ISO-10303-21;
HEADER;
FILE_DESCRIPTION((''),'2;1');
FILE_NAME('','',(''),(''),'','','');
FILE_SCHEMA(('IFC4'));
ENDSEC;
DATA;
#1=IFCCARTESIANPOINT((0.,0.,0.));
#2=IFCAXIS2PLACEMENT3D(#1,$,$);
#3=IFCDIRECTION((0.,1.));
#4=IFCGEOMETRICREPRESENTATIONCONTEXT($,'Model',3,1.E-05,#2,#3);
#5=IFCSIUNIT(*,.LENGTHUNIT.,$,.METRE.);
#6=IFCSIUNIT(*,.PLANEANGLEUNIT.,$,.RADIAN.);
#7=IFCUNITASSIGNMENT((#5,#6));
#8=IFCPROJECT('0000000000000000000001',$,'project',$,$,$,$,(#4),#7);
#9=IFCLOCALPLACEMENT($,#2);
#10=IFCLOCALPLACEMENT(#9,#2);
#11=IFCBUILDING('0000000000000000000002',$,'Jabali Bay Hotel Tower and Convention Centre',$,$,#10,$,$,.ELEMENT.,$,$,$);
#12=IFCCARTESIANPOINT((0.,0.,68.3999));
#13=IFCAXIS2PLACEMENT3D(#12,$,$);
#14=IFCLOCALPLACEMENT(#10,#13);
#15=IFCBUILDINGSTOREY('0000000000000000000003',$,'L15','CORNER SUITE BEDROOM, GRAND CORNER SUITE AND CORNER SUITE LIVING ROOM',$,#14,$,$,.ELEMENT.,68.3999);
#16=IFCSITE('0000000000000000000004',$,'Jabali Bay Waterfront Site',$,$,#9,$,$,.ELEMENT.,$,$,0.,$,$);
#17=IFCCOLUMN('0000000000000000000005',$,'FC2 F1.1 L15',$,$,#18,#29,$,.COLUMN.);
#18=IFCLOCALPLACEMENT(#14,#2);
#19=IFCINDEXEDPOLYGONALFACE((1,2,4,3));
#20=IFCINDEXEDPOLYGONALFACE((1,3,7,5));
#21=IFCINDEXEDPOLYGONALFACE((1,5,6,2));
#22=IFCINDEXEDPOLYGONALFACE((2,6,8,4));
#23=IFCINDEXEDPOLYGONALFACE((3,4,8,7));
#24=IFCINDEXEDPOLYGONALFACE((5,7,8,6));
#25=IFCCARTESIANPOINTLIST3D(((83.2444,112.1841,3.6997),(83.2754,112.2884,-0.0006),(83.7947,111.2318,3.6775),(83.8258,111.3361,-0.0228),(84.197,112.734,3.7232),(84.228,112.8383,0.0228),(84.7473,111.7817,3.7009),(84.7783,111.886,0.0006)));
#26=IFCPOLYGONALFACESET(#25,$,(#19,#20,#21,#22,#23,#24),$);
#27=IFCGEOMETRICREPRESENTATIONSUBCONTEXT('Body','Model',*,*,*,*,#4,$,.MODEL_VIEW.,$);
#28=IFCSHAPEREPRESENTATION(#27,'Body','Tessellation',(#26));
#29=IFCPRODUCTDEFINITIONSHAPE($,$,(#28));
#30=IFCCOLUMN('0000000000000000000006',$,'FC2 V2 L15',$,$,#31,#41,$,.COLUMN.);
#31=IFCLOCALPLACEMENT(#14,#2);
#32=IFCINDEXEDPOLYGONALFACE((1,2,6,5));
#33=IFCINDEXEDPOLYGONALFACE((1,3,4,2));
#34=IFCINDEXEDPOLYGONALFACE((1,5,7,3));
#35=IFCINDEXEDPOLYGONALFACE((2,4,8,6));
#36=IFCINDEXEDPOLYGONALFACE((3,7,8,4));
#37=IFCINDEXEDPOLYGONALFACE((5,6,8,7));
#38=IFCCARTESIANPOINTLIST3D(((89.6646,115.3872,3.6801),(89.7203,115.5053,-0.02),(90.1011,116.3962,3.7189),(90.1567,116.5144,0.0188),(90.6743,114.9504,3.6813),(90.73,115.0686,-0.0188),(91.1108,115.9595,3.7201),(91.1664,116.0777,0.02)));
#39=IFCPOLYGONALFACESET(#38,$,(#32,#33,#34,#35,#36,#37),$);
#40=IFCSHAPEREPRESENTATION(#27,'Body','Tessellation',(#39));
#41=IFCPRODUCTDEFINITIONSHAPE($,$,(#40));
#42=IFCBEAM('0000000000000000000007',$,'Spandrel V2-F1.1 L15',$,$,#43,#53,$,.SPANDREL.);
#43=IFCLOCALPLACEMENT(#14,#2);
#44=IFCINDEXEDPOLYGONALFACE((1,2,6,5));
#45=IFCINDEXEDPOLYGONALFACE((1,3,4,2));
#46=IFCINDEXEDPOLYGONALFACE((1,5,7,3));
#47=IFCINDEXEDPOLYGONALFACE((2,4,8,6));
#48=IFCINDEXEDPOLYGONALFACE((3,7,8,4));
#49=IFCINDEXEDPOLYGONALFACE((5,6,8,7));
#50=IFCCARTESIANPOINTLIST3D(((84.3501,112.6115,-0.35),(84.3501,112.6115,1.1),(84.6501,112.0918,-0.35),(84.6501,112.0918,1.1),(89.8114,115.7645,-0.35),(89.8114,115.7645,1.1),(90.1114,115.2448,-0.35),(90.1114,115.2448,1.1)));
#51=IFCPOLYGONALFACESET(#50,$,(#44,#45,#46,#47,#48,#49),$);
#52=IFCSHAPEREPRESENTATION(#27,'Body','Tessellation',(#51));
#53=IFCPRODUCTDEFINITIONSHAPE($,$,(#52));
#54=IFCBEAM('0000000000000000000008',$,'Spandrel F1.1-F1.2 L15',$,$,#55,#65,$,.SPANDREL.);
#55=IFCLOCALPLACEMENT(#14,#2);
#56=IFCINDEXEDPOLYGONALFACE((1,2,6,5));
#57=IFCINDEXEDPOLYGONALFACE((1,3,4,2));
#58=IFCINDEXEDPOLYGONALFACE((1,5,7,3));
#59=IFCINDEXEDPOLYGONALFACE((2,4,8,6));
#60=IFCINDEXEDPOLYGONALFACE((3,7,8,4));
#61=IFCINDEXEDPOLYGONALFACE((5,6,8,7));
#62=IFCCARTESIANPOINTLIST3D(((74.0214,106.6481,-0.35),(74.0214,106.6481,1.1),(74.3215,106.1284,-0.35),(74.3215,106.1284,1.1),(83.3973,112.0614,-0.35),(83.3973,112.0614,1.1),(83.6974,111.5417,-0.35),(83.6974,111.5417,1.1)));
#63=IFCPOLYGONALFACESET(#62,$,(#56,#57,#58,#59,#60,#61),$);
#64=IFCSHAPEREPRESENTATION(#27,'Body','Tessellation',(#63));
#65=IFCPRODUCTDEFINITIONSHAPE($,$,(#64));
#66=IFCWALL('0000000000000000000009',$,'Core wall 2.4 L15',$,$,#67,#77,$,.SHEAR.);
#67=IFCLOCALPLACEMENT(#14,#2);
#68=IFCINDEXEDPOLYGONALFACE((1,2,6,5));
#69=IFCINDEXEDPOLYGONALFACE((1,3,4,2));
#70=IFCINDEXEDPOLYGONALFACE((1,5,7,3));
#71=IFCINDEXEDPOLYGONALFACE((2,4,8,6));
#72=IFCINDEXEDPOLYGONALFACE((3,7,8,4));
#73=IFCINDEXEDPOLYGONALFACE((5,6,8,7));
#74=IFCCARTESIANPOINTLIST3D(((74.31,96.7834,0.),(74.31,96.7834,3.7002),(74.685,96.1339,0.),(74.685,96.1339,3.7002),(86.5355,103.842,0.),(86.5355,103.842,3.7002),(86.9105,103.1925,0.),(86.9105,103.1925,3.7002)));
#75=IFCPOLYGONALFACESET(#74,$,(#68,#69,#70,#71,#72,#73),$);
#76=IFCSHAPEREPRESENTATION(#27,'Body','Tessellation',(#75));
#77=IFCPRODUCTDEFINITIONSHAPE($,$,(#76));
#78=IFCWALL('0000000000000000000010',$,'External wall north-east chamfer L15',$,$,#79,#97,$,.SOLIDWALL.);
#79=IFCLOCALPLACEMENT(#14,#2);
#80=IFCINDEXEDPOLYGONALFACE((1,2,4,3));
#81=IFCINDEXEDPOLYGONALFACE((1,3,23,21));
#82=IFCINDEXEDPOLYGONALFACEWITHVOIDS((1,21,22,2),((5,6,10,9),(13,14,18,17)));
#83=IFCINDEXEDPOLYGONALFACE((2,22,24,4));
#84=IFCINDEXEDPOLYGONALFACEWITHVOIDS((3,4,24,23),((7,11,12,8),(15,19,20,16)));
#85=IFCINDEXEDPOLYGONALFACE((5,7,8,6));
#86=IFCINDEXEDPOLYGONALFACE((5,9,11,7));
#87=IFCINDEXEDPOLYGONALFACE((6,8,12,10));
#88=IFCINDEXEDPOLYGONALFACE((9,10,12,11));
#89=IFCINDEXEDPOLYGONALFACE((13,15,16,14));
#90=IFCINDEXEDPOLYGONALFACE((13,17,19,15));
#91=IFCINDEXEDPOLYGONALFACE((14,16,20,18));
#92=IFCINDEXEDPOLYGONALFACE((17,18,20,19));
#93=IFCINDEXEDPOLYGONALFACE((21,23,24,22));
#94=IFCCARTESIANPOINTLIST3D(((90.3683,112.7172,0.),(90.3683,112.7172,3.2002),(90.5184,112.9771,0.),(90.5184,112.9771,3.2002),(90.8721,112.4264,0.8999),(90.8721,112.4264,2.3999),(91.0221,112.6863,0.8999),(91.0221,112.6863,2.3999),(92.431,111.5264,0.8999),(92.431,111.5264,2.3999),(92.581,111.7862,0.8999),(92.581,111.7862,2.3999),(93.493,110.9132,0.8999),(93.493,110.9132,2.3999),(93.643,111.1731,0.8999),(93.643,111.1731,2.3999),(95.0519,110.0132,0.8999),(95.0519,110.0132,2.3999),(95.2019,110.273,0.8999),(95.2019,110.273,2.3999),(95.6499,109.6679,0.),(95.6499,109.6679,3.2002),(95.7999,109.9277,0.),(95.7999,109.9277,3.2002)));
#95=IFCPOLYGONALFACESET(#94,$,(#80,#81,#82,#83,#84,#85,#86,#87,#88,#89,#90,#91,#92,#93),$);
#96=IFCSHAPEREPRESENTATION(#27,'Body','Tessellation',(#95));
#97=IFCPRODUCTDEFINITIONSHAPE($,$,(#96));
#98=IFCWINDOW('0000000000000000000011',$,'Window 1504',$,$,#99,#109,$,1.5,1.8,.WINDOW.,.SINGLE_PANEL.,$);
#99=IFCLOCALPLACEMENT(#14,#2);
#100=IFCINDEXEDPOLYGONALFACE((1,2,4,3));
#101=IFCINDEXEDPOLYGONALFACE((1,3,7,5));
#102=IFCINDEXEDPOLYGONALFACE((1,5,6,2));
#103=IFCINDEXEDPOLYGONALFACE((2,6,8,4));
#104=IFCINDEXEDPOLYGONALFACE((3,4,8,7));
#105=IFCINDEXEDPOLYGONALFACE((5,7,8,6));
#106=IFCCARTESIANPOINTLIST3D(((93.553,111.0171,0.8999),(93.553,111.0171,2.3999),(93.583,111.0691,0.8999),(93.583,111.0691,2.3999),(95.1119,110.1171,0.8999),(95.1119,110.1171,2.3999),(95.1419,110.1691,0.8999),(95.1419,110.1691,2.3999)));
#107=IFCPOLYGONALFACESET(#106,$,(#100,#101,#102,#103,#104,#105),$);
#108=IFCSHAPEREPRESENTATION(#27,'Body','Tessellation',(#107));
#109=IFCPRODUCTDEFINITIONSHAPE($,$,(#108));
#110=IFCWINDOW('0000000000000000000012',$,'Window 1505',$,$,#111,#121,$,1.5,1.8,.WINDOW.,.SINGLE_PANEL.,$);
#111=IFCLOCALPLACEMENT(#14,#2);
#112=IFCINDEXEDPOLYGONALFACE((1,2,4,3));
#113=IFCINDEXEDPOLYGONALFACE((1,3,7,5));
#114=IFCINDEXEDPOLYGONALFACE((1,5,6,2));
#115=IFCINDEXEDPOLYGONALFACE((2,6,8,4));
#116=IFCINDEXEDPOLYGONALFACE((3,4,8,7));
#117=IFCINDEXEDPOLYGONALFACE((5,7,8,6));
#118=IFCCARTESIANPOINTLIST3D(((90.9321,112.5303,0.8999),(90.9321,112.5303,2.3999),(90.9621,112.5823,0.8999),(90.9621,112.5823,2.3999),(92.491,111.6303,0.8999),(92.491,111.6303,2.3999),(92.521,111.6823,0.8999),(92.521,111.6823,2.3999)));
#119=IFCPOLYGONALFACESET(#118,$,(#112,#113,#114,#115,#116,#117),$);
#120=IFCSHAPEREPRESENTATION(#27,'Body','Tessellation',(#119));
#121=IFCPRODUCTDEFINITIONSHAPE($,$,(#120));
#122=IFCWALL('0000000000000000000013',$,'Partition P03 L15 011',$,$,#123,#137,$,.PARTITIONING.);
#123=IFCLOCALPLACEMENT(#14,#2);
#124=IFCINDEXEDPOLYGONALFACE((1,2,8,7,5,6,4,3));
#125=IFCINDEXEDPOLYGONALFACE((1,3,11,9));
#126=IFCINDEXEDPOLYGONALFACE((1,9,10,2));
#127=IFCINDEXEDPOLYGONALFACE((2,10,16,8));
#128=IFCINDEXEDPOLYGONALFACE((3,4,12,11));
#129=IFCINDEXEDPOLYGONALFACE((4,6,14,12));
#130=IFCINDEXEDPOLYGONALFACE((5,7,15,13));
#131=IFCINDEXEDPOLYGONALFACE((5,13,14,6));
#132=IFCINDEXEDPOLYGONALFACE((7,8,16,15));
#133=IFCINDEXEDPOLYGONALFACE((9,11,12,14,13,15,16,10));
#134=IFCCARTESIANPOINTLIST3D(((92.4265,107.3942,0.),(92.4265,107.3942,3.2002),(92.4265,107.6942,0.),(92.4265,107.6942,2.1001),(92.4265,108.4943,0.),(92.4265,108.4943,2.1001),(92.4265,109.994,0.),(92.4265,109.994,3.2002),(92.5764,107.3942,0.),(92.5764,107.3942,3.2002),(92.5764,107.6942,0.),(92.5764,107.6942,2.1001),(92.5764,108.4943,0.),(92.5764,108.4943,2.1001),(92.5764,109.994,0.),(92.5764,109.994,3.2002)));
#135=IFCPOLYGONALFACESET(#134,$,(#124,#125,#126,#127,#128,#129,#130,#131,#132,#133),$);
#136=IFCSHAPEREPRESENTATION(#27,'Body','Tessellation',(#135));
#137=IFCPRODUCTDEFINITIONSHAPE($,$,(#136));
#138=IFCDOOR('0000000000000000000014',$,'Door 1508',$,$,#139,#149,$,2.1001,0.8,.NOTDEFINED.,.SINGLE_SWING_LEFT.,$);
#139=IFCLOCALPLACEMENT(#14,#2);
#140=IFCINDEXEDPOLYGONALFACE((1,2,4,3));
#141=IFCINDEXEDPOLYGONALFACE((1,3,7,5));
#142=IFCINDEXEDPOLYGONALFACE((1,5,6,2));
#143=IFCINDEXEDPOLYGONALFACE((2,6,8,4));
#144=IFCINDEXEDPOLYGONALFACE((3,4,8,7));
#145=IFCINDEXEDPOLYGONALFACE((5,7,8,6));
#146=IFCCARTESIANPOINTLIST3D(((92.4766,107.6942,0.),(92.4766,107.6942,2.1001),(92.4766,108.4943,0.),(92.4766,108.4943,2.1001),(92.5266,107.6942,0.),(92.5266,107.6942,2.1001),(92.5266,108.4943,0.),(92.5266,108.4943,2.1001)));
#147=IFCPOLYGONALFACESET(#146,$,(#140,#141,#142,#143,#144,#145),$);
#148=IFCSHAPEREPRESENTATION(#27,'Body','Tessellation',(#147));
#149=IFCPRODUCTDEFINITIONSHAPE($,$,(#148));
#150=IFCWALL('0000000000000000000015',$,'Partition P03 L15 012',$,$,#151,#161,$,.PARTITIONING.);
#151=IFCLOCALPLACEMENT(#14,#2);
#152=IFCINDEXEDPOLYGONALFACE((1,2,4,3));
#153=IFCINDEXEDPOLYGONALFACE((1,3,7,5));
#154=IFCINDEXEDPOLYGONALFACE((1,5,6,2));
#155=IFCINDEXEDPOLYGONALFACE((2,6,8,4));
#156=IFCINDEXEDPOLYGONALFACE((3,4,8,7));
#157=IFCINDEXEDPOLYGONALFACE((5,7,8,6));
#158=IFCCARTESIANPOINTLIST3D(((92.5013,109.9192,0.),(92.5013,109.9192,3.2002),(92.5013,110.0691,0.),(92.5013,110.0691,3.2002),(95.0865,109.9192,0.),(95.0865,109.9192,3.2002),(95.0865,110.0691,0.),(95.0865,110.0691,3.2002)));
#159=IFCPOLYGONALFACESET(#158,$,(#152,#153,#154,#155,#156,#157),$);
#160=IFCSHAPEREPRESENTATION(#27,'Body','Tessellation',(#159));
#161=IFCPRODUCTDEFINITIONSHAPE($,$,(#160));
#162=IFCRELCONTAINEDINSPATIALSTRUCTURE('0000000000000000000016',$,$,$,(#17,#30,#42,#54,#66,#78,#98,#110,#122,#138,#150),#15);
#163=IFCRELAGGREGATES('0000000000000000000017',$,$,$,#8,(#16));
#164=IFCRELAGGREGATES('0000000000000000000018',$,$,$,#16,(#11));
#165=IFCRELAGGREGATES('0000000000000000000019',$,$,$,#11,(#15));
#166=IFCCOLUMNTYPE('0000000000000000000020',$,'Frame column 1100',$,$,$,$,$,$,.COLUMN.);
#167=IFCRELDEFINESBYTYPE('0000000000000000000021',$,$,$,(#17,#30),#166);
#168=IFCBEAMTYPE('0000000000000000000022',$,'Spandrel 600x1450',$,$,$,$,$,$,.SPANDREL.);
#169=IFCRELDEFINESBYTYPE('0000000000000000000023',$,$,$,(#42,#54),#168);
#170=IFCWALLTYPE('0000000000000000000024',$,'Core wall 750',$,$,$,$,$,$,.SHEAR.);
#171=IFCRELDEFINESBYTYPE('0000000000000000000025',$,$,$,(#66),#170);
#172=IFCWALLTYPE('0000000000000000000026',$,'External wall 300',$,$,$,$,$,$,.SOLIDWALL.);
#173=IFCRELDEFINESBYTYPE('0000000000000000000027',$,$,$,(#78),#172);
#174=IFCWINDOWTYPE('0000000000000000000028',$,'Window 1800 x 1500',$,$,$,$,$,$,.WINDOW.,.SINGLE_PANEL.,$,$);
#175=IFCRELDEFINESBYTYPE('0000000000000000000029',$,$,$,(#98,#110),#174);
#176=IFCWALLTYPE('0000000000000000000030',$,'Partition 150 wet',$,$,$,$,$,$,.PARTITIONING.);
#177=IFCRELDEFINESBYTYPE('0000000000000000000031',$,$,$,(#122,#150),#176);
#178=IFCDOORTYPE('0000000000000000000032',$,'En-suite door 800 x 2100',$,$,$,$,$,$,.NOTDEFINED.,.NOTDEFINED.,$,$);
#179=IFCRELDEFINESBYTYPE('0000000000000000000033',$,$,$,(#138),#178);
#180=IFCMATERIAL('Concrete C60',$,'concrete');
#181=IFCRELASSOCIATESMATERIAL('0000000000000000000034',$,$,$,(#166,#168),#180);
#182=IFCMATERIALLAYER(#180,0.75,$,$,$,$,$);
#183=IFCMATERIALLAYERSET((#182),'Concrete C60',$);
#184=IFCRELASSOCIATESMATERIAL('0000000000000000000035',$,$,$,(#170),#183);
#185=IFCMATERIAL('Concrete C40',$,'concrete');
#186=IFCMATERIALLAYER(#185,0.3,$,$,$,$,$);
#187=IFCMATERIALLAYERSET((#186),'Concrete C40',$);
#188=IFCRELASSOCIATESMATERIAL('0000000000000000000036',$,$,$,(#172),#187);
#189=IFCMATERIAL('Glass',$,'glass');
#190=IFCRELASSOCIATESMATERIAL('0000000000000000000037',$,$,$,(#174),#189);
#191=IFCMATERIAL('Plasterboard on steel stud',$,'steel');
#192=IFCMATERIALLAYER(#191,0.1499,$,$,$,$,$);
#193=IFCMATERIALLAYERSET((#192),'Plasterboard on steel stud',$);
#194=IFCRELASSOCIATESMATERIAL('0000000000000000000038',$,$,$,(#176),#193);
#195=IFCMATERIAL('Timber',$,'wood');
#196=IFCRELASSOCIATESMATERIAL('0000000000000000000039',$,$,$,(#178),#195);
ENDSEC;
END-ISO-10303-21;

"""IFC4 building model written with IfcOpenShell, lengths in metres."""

from ifc_helpers import new_model, si_unit, direction, frame, frame_2d, origin, origin_2d, place, context, subcontext, project, spatial, rectangle, extrude, material, layer, layer_set, material_profile, profile_set, type_object, element, fill, save


model = new_model("IFC4")

# Units and contexts
model_context = context("Model", 3, precision=1e-05, world=origin(), true_north=direction((0.0, 1.0)))
body_context = subcontext(model_context, "Body", "Model", "MODEL_VIEW")
ifc_project = project(units=[si_unit("LENGTHUNIT", "METRE"), si_unit("PLANEANGLEUNIT", "RADIAN")], contexts=[model_context])

# Site, building, storey
site_placement = place(None, origin())
site = spatial("IfcSite", under=ifc_project, at=site_placement, Name="Jabali Bay Waterfront Site", CompositionType="ELEMENT", RefElevation=0.0)
building_placement = place(site_placement, origin())
building = spatial("IfcBuilding", under=site, at=building_placement, Name="Jabali Bay Hotel Tower and Convention Centre", CompositionType="ELEMENT")
storey_placement = place(building_placement, frame((0.0, 0.0, 68.3999)))
storey = spatial("IfcBuildingStorey", under=building, at=storey_placement, Name="L15", Description="CORNER SUITE BEDROOM, GRAND CORNER SUITE AND CORNER SUITE LIVING ROOM", CompositionType="ELEMENT", Elevation=68.3999)

# Columns
ifc_material_1 = material(Name="Concrete C60", Category="concrete")
ifc_material_profile_1 = material_profile(ifc_material_1, rectangle(XDim=1.1001, YDim=1.1001, at=origin_2d()), Name="Frame column 1100")
ifc_profile_set_1 = profile_set([ifc_material_profile_1], Name="Concrete C60")
column_type = type_object("IfcColumnType", Name="Frame column 1100", PredefinedType="COLUMN", material=ifc_profile_set_1)
column_1_placement = place(storey_placement, frame((84.0269, 112.0872, 0.0), z_axis=(-0.008376, -0.028161, 0.999568), x_axis=(0.865846, 0.499855, 0.021338)))
element("IfcColumn", 1, at=column_1_placement, inside=storey, type_object=column_type, Name="FC2 F1.1 L15", PredefinedType="COLUMN", context=body_context, shape_type="SweptSolid", body=[
    extrude(rectangle(XDim=1.1001, YDim=1.1001, at=origin_2d()), origin(), (0.0, 0.0, 1.0), 3.7019),
])
column_2_placement = place(storey_placement, frame((90.4434, 115.7915, 0.0), z_axis=(-0.015034, -0.031915, 0.999378), x_axis=(0.917824, -0.396986, 0.00113)))
element("IfcColumn", 2, at=column_2_placement, inside=storey, type_object=column_type, Name="FC2 V2 L15", PredefinedType="COLUMN", context=body_context, shape_type="SweptSolid", body=[
    extrude(rectangle(XDim=1.1001, YDim=1.1001, at=origin_2d()), origin(), (0.0, 0.0, 1.0), 3.7024),
])

# Beams
ifc_material_profile_2 = material_profile(ifc_material_1, rectangle(XDim=0.6001, YDim=1.45, at=origin_2d()), Name="Spandrel 600x1450")
ifc_profile_set_2 = profile_set([ifc_material_profile_2], Name="Concrete C60")
beam_type = type_object("IfcBeamType", Name="Spandrel 600x1450", PredefinedType="SPANDREL", material=ifc_profile_set_2)
beam_1_placement = place(storey_placement, frame((89.9614, 115.5046, 0.375), z_axis=(-0.866031, -0.499991, 0.0), x_axis=(0.499991, -0.866031, 0.0)))
element("IfcBeam", 3, at=beam_1_placement, inside=storey, type_object=beam_type, Name="Spandrel V2-F1.1 L15", PredefinedType="SPANDREL", context=body_context, shape_type="SweptSolid", body=[
    extrude(rectangle(XDim=0.6001, YDim=1.45, at=origin_2d()), origin(), (0.0, 0.0, 1.0), 6.3062),
])
beam_2_placement = place(storey_placement, frame((83.5474, 111.8015, 0.375), z_axis=(-0.866021, -0.500007, 0.0), x_axis=(0.500007, -0.866021, 0.0)))
element("IfcBeam", 4, at=beam_2_placement, inside=storey, type_object=beam_type, Name="Spandrel F1.1-F1.2 L15", PredefinedType="SPANDREL", context=body_context, shape_type="SweptSolid", body=[
    extrude(rectangle(XDim=0.6001, YDim=1.45, at=origin_2d()), origin(), (0.0, 0.0, 1.0), 10.8264),
])

# Wall
ifc_layer_1 = layer(ifc_material_1, 0.75)
ifc_layer_set_1 = layer_set([ifc_layer_1], Name="Concrete C60")
wall_type_1 = type_object("IfcWallType", Name="Core wall 750", PredefinedType="SHEAR", material=ifc_layer_set_1)
wall_1_placement = place(storey_placement, frame((86.7231, 103.5173, 0.0), z_axis=(0.0, 0.0, 1.0), x_axis=(-0.866021, -0.500008, 0.0)))
element("IfcWall", 5, at=wall_1_placement, inside=storey, type_object=wall_type_1, Name="Core wall 2.4 L15", PredefinedType="SHEAR", context=body_context, shape_type="SweptSolid", body=[
    extrude(rectangle(XDim=14.1169, YDim=0.75, at=frame_2d((7.0586, 0.0))), origin(), (0.0, 0.0, 1.0), 3.7002),
])

# Wall, openings, windows
ifc_material_2 = material(Name="Concrete C40", Category="concrete")
ifc_layer_2 = layer(ifc_material_2, 0.3)
ifc_layer_set_2 = layer_set([ifc_layer_2], Name="Concrete C40")
wall_type_2 = type_object("IfcWallType", Name="External wall 300", PredefinedType="SOLIDWALL", material=ifc_layer_set_2)
wall_2_placement = place(storey_placement, frame((90.4434, 112.8472, 0.0), z_axis=(0.0, 0.0, 1.0), x_axis=(0.866022, -0.500005, 0.0)))
wall_2 = element("IfcWall", 6, at=wall_2_placement, inside=storey, type_object=wall_type_2, Name="External wall north-east chamfer L15", PredefinedType="SOLIDWALL", context=body_context, shape_type="SweptSolid", body=[
    extrude(rectangle(XDim=6.0986, YDim=0.3, at=frame_2d((3.0493, 0.0))), origin(), (0.0, 0.0, 1.0), 3.2002),
])
opening_1_placement = place(wall_2_placement, frame((3.6082, 0.0, 0.8999)))
opening_1 = element("IfcOpeningElement", 7, at=opening_1_placement, cuts=wall_2, PredefinedType="OPENING", context=body_context, shape_type="SweptSolid", body=[
    extrude(rectangle(XDim=1.8, YDim=1.5, at=frame_2d((0.8999, 0.75))), frame((0.0, 0.1606, 0.0), z_axis=(0.0, -1.0, 0.0), x_axis=(1.0, 0.0, 0.0)), (0.0, 0.0, 1.0), 0.321),
])
opening_2_placement = place(wall_2_placement, frame((0.5818, 0.0, 0.8999)))
opening_2 = element("IfcOpeningElement", 8, at=opening_2_placement, cuts=wall_2, PredefinedType="OPENING", context=body_context, shape_type="SweptSolid", body=[
    extrude(rectangle(XDim=1.8, YDim=1.5, at=frame_2d((0.8999, 0.75))), frame((0.0, 0.1606, 0.0), z_axis=(0.0, -1.0, 0.0), x_axis=(1.0, 0.0, 0.0)), (0.0, 0.0, 1.0), 0.321),
])
ifc_material_3 = material(Name="Glass", Category="glass")
window_type = type_object("IfcWindowType", Name="Window 1800 x 1500", PartitioningType="SINGLE_PANEL", PredefinedType="WINDOW", material=ifc_material_3)
window_1_placement = place(opening_1_placement, origin())
window_1 = element("IfcWindow", 9, at=window_1_placement, inside=storey, type_object=window_type, Name="Window 1504", OverallHeight=1.5, OverallWidth=1.8, PartitioningType="SINGLE_PANEL", PredefinedType="WINDOW", context=body_context, shape_type="SweptSolid", body=[
    extrude(rectangle(XDim=1.8, YDim=1.5, at=frame_2d((0.8999, 0.75))), frame((0.0, 0.03, 0.0), z_axis=(0.0, -1.0, 0.0), x_axis=(1.0, 0.0, 0.0)), (0.0, 0.0, 1.0), 0.0601),
])
fill(opening_1, window_1)
window_2_placement = place(opening_2_placement, origin())
window_2 = element("IfcWindow", 10, at=window_2_placement, inside=storey, type_object=window_type, Name="Window 1505", OverallHeight=1.5, OverallWidth=1.8, PartitioningType="SINGLE_PANEL", PredefinedType="WINDOW", context=body_context, shape_type="SweptSolid", body=[
    extrude(rectangle(XDim=1.8, YDim=1.5, at=frame_2d((0.8999, 0.75))), frame((0.0, 0.03, 0.0), z_axis=(0.0, -1.0, 0.0), x_axis=(1.0, 0.0, 0.0)), (0.0, 0.0, 1.0), 0.0601),
])
fill(opening_2, window_2)

# Wall, opening, door
ifc_material_4 = material(Name="Plasterboard on steel stud", Category="steel")
ifc_layer_3 = layer(ifc_material_4, 0.1499)
ifc_layer_set_3 = layer_set([ifc_layer_3], Name="Plasterboard on steel stud")
wall_type_3 = type_object("IfcWallType", Name="Partition 150 wet", PredefinedType="PARTITIONING", material=ifc_layer_set_3)
wall_3_placement = place(storey_placement, frame((92.5015, 107.3943, 0.0), z_axis=(0.0, 0.0, 1.0), x_axis=(0.0, 1.0, 0.0)))
wall_3 = element("IfcWall", 11, at=wall_3_placement, inside=storey, type_object=wall_type_3, Name="Partition P03 L15 011", PredefinedType="PARTITIONING", context=body_context, shape_type="SweptSolid", body=[
    extrude(rectangle(XDim=2.5999, YDim=0.1499, at=frame_2d((1.2998, 0.0))), origin(), (0.0, 0.0, 1.0), 3.2002),
])
opening_3_placement = place(wall_3_placement, frame((0.3, 0.0, 0.0)))
opening_3 = element("IfcOpeningElement", 12, at=opening_3_placement, cuts=wall_3, PredefinedType="OPENING", context=body_context, shape_type="SweptSolid", body=[
    extrude(rectangle(XDim=0.8, YDim=2.1001, at=frame_2d((0.3999, 1.05))), frame((0.0, 0.0854, 0.0), z_axis=(0.0, -1.0, 0.0), x_axis=(1.0, 0.0, 0.0)), (0.0, 0.0, 1.0), 0.1709),
])
ifc_material_5 = material(Name="Timber", Category="wood")
door_type = type_object("IfcDoorType", Name="En-suite door 800 x 2100", OperationType="NOTDEFINED", PredefinedType="NOTDEFINED", material=ifc_material_5)
door_placement = place(opening_3_placement, origin())
door = element("IfcDoor", 13, at=door_placement, inside=storey, type_object=door_type, Name="Door 1508", OperationType="SINGLE_SWING_LEFT", OverallHeight=2.1001, OverallWidth=0.8, PredefinedType="NOTDEFINED", context=body_context, shape_type="SweptSolid", body=[
    extrude(rectangle(XDim=0.8, YDim=2.1001, at=frame_2d((0.3999, 1.05))), frame((0.0, 0.0249, 0.0), z_axis=(0.0, -1.0, 0.0), x_axis=(1.0, 0.0, 0.0)), (0.0, 0.0, 1.0), 0.05),
])
fill(opening_3, door)

# Wall
wall_4_placement = place(storey_placement, frame((92.5015, 109.9941, 0.0), z_axis=(0.0, 0.0, 1.0), x_axis=(1.0, 0.0, 0.0)))
element("IfcWall", 14, at=wall_4_placement, inside=storey, type_object=wall_type_3, Name="Partition P03 L15 012", PredefinedType="PARTITIONING", context=body_context, shape_type="SweptSolid", body=[
    extrude(rectangle(XDim=2.5852, YDim=0.1499, at=frame_2d((1.2925, 0.0))), origin(), (0.0, 0.0, 1.0), 3.2002),
])

save(model, "model.ifc")
